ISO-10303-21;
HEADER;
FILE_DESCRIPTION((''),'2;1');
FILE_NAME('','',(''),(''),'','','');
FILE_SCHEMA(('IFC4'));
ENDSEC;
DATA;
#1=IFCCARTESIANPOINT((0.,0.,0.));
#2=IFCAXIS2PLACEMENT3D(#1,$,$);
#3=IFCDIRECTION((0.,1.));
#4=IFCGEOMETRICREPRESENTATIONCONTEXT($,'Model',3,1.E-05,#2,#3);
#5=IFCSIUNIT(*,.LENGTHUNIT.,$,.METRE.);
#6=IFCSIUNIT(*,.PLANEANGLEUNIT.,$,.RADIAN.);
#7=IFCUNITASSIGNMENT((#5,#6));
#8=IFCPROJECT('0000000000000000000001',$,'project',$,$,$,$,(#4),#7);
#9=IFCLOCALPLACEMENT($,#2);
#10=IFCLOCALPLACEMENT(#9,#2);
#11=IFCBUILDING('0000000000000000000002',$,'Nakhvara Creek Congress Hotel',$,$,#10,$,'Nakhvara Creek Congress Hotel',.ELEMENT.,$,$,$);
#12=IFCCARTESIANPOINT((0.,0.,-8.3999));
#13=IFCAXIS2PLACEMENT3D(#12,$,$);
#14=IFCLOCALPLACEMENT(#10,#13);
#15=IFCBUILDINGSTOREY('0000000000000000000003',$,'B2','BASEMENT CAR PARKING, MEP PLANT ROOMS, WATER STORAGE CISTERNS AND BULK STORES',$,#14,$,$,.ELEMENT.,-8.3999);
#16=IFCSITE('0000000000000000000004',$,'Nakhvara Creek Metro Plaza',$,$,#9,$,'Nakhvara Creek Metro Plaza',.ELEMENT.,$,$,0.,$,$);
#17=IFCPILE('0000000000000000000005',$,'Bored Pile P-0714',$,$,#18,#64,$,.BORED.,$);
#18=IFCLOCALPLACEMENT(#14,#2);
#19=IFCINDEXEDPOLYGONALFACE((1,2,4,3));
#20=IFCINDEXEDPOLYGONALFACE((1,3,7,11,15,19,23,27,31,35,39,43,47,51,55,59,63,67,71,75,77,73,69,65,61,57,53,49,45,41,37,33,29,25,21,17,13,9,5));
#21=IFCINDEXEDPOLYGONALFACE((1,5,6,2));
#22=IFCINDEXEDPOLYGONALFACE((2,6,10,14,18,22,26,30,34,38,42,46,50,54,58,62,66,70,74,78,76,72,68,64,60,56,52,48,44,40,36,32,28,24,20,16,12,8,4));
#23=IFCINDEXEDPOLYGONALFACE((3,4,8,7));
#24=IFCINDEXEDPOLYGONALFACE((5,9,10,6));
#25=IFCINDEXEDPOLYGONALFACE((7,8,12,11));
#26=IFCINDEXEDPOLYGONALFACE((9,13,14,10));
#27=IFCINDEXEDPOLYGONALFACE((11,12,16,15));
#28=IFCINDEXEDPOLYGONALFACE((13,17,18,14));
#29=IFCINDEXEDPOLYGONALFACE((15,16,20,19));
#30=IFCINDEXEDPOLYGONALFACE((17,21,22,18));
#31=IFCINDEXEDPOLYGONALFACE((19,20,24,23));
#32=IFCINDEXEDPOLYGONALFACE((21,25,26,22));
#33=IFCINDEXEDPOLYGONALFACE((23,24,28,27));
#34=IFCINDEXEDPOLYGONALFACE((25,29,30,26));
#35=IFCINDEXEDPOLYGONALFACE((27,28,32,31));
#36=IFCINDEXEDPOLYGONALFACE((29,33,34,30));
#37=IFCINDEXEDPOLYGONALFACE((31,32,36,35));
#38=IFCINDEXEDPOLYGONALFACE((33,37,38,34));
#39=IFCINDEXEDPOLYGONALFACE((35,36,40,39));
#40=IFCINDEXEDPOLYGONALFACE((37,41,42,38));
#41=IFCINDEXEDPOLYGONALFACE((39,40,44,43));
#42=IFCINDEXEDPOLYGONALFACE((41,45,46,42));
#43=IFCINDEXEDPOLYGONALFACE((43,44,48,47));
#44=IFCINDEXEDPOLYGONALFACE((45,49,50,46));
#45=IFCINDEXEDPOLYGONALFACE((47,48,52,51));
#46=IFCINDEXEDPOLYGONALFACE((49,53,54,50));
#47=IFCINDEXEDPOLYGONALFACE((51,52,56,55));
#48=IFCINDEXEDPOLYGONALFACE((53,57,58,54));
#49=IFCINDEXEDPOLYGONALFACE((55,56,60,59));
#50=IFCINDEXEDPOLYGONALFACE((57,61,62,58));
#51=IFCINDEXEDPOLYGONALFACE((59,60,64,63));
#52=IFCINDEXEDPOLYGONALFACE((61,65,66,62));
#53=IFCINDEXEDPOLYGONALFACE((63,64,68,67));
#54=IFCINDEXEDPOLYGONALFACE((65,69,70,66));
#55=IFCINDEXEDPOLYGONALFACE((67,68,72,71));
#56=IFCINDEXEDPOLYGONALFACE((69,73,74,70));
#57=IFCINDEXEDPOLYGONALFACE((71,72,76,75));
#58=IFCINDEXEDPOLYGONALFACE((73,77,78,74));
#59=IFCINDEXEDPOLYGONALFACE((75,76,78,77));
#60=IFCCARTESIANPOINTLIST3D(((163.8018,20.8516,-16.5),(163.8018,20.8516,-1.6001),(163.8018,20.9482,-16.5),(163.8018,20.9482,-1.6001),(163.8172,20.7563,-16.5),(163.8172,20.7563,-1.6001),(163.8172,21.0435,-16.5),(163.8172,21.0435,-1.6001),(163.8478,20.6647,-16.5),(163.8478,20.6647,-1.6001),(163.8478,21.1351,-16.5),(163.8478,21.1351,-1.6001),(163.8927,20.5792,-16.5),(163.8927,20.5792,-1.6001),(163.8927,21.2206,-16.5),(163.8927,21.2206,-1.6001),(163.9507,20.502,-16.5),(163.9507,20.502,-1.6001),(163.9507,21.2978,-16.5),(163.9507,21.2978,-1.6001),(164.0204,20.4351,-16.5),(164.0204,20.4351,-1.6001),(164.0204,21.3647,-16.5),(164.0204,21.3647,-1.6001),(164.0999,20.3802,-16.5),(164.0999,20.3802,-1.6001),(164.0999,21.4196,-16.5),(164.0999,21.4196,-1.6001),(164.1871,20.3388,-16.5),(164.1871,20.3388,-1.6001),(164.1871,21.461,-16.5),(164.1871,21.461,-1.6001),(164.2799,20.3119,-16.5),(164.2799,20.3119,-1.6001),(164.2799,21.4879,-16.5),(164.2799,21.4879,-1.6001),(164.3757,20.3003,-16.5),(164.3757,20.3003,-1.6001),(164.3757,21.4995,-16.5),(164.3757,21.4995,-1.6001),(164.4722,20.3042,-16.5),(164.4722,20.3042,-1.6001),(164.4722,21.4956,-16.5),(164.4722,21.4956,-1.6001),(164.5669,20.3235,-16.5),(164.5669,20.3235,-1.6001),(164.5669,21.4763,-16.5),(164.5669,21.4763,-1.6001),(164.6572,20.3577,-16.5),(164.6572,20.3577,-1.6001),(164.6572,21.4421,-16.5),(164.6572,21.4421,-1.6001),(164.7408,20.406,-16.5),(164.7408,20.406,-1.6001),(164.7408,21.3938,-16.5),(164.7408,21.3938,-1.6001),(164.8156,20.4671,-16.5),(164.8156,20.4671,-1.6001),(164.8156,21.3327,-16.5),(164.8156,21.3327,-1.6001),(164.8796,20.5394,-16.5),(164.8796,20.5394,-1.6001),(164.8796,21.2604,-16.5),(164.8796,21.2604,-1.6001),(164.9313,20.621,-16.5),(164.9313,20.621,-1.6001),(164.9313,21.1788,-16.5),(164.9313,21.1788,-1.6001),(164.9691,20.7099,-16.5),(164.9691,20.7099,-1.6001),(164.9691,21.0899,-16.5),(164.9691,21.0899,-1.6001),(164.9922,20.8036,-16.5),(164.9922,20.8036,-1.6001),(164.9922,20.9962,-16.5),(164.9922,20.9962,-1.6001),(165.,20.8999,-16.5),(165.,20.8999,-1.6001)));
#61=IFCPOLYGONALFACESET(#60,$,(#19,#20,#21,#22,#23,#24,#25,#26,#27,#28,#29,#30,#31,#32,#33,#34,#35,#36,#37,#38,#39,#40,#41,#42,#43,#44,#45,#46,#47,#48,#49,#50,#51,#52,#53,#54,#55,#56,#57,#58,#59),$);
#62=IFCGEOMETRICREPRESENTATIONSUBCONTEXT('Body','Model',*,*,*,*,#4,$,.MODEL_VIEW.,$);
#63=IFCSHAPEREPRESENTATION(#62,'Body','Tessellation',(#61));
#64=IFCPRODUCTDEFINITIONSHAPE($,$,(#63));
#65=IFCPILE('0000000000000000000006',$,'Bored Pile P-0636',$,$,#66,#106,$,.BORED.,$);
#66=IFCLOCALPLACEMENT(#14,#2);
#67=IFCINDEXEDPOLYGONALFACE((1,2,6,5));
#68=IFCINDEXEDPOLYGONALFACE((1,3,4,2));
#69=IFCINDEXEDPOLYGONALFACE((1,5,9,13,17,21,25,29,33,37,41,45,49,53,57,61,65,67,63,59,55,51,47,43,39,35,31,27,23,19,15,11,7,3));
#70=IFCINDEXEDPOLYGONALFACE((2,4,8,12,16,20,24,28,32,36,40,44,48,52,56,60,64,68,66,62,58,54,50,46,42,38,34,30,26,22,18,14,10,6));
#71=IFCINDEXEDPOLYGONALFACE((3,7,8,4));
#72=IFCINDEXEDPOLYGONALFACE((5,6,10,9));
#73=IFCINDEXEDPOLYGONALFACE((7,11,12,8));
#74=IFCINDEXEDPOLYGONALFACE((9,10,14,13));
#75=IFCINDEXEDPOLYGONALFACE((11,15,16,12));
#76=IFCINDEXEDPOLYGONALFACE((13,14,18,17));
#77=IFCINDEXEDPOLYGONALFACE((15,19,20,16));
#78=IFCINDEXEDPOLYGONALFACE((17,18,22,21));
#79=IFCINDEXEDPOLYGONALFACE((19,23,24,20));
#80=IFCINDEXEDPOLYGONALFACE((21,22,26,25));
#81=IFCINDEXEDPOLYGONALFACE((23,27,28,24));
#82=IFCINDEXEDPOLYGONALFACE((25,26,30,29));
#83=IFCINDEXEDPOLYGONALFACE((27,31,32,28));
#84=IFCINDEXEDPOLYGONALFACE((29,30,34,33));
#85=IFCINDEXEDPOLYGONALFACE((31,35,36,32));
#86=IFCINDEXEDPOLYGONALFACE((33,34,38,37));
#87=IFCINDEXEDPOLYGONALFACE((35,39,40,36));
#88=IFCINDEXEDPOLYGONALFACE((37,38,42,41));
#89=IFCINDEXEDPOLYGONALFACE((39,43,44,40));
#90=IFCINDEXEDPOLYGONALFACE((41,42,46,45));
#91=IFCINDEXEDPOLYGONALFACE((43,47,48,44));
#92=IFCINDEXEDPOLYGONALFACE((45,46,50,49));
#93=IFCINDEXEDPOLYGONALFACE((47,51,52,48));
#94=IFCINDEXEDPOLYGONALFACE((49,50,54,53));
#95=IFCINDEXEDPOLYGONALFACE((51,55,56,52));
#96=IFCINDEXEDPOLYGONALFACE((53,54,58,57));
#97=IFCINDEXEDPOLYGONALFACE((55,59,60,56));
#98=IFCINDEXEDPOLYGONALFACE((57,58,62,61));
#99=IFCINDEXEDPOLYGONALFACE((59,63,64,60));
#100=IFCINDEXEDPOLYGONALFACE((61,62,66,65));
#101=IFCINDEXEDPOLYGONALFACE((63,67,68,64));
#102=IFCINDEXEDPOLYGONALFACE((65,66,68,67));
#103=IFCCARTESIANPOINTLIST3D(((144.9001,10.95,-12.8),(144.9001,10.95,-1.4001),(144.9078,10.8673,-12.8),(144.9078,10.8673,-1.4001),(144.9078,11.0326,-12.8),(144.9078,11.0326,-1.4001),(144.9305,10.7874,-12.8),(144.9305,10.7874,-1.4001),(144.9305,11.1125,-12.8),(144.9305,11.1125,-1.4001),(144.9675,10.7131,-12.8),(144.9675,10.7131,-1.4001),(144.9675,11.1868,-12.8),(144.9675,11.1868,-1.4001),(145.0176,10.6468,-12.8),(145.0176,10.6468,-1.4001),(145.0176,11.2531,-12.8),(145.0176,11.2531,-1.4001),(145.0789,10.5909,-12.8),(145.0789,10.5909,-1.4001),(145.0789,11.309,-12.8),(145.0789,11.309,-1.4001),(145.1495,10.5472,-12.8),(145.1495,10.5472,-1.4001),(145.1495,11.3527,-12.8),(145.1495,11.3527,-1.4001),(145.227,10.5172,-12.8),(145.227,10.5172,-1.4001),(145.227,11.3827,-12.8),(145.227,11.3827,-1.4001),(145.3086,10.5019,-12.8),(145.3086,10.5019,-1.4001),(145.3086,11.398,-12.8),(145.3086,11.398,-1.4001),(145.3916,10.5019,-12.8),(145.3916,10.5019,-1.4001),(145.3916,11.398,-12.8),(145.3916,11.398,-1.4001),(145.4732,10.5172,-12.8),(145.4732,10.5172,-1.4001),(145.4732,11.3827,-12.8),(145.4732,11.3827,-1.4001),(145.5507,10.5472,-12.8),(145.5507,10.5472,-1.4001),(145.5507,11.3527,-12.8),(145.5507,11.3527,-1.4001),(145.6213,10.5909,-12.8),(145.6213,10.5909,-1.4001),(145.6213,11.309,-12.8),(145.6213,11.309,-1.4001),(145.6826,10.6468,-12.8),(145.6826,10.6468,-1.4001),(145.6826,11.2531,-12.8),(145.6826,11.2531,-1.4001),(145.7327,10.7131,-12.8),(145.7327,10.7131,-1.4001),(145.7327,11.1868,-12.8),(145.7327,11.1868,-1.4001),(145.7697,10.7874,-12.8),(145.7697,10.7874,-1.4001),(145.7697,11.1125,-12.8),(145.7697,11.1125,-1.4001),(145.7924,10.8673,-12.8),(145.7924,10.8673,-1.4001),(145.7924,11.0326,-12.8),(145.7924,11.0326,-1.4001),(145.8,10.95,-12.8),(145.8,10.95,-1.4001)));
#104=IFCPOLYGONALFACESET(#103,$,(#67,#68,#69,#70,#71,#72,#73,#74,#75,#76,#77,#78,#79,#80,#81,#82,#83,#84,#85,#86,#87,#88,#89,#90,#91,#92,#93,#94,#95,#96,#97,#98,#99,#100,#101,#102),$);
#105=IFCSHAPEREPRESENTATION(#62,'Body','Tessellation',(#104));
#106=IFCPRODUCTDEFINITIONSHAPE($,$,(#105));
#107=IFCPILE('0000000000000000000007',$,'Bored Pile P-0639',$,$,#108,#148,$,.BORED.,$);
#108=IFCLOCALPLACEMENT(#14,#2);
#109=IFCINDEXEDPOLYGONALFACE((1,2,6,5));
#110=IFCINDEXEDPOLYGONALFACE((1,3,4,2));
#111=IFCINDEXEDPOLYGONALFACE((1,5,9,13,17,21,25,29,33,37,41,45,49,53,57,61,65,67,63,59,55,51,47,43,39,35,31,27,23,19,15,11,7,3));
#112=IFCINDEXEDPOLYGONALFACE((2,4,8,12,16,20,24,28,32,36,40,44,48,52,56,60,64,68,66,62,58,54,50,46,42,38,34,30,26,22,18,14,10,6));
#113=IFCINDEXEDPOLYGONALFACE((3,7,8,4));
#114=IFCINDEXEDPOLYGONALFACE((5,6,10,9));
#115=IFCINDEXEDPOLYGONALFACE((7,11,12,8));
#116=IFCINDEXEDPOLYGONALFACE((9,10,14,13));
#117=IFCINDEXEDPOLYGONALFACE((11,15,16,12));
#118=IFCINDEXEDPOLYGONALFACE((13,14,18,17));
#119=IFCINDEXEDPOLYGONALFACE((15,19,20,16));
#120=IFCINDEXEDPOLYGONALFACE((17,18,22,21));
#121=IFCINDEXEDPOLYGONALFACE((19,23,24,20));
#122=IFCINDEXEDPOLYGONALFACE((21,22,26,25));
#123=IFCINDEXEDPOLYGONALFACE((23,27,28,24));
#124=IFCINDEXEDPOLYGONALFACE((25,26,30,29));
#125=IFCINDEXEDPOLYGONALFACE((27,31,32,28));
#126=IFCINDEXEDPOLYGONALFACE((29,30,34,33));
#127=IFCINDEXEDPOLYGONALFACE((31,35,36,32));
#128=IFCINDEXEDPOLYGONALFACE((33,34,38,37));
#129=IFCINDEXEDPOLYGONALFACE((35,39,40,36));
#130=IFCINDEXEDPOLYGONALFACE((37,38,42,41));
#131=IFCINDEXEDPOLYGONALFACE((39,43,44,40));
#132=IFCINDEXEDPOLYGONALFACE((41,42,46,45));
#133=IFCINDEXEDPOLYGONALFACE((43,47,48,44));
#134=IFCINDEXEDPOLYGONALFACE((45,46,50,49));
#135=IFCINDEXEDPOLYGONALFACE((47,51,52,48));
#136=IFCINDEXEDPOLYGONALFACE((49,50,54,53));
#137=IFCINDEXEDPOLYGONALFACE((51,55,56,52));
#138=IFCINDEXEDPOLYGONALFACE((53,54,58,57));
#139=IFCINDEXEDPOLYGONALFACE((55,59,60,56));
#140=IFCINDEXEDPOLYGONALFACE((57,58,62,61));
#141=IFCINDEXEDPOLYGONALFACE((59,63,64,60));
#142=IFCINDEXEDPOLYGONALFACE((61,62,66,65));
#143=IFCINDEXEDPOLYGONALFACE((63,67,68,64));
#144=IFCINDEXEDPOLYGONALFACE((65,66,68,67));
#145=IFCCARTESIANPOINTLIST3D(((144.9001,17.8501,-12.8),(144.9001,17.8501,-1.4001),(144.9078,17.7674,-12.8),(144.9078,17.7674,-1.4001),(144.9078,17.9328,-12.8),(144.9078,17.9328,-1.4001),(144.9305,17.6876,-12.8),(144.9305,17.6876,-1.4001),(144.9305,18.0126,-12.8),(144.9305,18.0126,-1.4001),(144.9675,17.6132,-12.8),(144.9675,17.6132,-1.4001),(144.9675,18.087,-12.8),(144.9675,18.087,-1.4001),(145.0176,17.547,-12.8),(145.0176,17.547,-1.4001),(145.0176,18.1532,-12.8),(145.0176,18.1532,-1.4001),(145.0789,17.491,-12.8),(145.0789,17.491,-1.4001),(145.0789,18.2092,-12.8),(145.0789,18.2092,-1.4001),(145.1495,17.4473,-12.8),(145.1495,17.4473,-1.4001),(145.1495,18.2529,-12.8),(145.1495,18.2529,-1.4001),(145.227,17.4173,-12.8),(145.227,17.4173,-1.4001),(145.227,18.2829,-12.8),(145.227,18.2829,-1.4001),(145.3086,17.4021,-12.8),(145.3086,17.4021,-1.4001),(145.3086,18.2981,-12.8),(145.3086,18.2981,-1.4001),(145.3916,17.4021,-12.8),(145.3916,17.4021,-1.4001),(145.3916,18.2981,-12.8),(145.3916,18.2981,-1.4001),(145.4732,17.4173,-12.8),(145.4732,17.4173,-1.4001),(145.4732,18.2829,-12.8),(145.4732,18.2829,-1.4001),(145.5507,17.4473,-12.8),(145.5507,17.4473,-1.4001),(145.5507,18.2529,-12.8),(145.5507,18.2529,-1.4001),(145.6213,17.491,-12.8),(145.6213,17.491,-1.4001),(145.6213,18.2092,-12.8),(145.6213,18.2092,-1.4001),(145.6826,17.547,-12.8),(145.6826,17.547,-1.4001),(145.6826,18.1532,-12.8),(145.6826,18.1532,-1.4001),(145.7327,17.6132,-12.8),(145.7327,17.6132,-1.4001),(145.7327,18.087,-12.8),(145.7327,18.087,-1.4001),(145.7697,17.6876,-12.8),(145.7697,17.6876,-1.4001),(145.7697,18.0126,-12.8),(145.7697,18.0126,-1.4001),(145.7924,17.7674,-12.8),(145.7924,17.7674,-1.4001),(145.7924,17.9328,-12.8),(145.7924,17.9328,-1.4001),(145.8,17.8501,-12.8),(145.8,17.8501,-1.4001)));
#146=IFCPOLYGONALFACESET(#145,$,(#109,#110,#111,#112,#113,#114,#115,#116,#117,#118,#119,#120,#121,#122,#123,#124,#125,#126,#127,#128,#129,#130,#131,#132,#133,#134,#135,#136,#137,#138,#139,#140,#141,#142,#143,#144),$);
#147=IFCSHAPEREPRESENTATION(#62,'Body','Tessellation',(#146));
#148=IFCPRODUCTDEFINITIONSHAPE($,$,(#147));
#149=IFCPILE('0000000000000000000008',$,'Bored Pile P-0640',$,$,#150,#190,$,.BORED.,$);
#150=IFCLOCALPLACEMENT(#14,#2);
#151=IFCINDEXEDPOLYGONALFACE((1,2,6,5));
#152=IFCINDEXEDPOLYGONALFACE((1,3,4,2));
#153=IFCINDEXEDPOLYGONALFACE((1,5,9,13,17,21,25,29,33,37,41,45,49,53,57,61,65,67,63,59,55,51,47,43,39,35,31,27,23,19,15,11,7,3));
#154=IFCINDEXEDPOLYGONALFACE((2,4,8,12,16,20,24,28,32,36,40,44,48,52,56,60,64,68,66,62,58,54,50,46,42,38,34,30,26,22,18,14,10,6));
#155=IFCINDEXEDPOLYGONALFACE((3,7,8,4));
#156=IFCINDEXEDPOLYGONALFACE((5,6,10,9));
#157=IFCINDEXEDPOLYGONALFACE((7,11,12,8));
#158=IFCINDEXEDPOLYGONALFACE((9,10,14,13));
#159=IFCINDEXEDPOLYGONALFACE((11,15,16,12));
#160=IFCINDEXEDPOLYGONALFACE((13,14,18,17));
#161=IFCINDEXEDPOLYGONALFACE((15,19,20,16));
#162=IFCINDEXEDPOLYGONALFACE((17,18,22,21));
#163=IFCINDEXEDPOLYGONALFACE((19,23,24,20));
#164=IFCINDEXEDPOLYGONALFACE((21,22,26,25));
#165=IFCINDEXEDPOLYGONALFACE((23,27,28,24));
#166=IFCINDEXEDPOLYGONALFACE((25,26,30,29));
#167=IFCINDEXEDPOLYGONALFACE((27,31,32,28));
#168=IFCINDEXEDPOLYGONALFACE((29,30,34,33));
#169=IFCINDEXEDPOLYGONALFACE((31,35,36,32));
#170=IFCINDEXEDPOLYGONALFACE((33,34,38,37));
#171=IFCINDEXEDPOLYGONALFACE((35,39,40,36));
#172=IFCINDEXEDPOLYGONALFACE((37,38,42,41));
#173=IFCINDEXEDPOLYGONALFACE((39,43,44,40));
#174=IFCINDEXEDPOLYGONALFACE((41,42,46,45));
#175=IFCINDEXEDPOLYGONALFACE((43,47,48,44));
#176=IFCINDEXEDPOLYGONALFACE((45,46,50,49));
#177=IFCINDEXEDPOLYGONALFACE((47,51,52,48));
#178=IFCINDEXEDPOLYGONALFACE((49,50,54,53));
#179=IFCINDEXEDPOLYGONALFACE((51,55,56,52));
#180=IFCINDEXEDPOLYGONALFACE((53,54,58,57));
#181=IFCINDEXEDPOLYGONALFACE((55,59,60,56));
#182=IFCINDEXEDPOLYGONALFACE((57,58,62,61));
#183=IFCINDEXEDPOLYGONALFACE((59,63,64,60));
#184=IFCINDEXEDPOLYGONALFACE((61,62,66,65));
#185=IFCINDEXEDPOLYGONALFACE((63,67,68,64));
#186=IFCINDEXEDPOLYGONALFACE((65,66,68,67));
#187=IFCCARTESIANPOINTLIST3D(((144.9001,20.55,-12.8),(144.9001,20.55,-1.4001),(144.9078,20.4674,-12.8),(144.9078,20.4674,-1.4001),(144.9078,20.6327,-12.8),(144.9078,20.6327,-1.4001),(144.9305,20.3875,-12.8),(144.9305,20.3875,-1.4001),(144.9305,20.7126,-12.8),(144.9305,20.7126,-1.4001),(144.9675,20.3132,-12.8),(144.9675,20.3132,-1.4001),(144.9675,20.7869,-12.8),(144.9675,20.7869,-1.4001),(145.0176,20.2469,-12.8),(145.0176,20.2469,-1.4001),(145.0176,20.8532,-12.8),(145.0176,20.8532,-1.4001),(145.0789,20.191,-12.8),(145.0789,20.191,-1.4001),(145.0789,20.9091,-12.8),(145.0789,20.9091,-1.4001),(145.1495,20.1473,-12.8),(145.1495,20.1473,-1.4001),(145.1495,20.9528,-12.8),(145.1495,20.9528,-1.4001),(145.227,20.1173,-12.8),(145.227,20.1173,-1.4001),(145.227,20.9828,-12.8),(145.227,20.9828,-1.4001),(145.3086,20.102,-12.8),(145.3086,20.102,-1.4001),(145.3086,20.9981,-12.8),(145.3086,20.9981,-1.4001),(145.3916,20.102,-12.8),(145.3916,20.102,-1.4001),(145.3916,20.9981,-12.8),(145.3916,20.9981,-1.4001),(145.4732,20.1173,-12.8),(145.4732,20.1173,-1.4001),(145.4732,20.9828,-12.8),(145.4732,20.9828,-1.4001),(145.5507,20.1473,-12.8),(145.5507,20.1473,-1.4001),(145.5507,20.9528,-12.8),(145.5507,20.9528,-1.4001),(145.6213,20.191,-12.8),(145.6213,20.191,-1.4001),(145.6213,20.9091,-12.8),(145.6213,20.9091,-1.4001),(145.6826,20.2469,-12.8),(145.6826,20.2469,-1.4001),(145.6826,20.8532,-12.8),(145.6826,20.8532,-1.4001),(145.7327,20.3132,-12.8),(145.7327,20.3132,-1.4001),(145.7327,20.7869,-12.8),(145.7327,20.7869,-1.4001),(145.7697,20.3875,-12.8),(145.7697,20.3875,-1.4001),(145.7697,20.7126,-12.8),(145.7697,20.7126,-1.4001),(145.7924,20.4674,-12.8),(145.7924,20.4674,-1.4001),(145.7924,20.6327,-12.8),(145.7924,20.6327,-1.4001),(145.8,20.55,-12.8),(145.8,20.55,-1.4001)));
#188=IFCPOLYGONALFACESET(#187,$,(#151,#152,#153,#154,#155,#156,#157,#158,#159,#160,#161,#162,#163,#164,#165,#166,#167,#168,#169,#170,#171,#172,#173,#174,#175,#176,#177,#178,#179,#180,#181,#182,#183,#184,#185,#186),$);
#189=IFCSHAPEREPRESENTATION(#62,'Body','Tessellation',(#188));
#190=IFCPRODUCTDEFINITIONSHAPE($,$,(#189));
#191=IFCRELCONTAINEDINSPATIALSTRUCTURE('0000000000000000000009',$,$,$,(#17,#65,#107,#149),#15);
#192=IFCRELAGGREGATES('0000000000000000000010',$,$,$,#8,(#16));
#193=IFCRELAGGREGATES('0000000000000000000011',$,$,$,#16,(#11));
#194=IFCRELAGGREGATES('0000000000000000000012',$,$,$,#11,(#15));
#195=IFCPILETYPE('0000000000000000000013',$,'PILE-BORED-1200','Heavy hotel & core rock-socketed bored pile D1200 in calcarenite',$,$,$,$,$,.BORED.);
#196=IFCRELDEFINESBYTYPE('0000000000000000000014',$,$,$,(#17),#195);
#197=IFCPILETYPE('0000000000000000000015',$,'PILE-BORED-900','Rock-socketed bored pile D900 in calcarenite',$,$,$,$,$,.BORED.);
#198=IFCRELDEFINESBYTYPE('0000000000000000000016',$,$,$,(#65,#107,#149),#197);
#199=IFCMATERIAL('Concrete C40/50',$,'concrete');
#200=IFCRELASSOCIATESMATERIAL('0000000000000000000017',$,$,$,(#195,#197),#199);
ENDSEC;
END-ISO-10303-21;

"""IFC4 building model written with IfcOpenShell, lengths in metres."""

from ifc_helpers import new_model, si_unit, direction, frame, origin, origin_2d, place, context, subcontext, project, spatial, circle, extrude, material, material_profile, profile_set, type_object, element, save


model = new_model("IFC4")

# Units and contexts
model_context = context("Model", 3, precision=1e-05, world=origin(), true_north=direction((0.0, 1.0)))
body_context = subcontext(model_context, "Body", "Model", "MODEL_VIEW")
ifc_project = project(units=[si_unit("LENGTHUNIT", "METRE"), si_unit("PLANEANGLEUNIT", "RADIAN")], contexts=[model_context])

# Site, building, storey
site_placement = place(None, origin())
site = spatial("IfcSite", under=ifc_project, at=site_placement, Name="Nakhvara Creek Metro Plaza", LongName="Nakhvara Creek Metro Plaza", CompositionType="ELEMENT", RefElevation=0.0)
building_placement = place(site_placement, origin())
building = spatial("IfcBuilding", under=site, at=building_placement, Name="Nakhvara Creek Congress Hotel", LongName="Nakhvara Creek Congress Hotel", CompositionType="ELEMENT")
storey_placement = place(building_placement, frame((0.0, 0.0, -8.3999)))
storey = spatial("IfcBuildingStorey", under=building, at=storey_placement, Name="B2", Description="BASEMENT CAR PARKING, MEP PLANT ROOMS, WATER STORAGE CISTERNS AND BULK STORES", CompositionType="ELEMENT", Elevation=-8.3999)

# Shared definitions
ifc_material_1 = material(Name="Concrete C40/50", Category="concrete")

# Piles
ifc_material_profile_1 = material_profile(ifc_material_1, circle(Radius=0.6001, at=origin_2d()), Name="BORED PILE D1200", Category="LoadBearing")
ifc_profile_set_1 = profile_set([ifc_material_profile_1], Name="Concrete C40/50")
pile_type_1 = type_object("IfcPileType", Name="PILE-BORED-1200", Description="Heavy hotel & core rock-socketed bored pile D1200 in calcarenite", PredefinedType="BORED", material=ifc_profile_set_1)
for number, where, z_axis, x_axis, name in (
    (1, (164.3999, 20.8999, -1.6001), (0.0, 0.0, -1.0), (1.0, 0.0, 0.0), "Bored Pile P-0714"),
):
    element("IfcPile", number, at=place(storey_placement, frame(where, z_axis=z_axis, x_axis=x_axis)), inside=storey, type_object=pile_type_1, Name=name, PredefinedType="BORED", context=body_context, shape_type="SweptSolid", body=[
        extrude(circle(Radius=0.6001, at=origin_2d()), origin(), (0.0, 0.0, 1.0), 14.8999),
    ])
ifc_material_profile_2 = material_profile(ifc_material_1, circle(Radius=0.45, at=origin_2d()), Name="BORED PILE D900", Category="LoadBearing")
ifc_profile_set_2 = profile_set([ifc_material_profile_2], Name="Concrete C40/50")
pile_type_2 = type_object("IfcPileType", Name="PILE-BORED-900", Description="Rock-socketed bored pile D900 in calcarenite", PredefinedType="BORED", material=ifc_profile_set_2)
for number, where, z_axis, x_axis, name in (
    (2, (145.3501, 10.95, -1.4001), (0.0, 0.0, -1.0), (1.0, 0.0, 0.0), "Bored Pile P-0636"),
    (3, (145.3501, 17.8501, -1.4001), (0.0, 0.0, -1.0), (1.0, 0.0, 0.0), "Bored Pile P-0639"),
    (4, (145.3501, 20.55, -1.4001), (0.0, 0.0, -1.0), (1.0, 0.0, 0.0), "Bored Pile P-0640"),
):
    element("IfcPile", number, at=place(storey_placement, frame(where, z_axis=z_axis, x_axis=x_axis)), inside=storey, type_object=pile_type_2, Name=name, PredefinedType="BORED", context=body_context, shape_type="SweptSolid", body=[
        extrude(circle(Radius=0.45, at=origin_2d()), origin(), (0.0, 0.0, 1.0), 11.3999),
    ])

save(model, "model.ifc")
